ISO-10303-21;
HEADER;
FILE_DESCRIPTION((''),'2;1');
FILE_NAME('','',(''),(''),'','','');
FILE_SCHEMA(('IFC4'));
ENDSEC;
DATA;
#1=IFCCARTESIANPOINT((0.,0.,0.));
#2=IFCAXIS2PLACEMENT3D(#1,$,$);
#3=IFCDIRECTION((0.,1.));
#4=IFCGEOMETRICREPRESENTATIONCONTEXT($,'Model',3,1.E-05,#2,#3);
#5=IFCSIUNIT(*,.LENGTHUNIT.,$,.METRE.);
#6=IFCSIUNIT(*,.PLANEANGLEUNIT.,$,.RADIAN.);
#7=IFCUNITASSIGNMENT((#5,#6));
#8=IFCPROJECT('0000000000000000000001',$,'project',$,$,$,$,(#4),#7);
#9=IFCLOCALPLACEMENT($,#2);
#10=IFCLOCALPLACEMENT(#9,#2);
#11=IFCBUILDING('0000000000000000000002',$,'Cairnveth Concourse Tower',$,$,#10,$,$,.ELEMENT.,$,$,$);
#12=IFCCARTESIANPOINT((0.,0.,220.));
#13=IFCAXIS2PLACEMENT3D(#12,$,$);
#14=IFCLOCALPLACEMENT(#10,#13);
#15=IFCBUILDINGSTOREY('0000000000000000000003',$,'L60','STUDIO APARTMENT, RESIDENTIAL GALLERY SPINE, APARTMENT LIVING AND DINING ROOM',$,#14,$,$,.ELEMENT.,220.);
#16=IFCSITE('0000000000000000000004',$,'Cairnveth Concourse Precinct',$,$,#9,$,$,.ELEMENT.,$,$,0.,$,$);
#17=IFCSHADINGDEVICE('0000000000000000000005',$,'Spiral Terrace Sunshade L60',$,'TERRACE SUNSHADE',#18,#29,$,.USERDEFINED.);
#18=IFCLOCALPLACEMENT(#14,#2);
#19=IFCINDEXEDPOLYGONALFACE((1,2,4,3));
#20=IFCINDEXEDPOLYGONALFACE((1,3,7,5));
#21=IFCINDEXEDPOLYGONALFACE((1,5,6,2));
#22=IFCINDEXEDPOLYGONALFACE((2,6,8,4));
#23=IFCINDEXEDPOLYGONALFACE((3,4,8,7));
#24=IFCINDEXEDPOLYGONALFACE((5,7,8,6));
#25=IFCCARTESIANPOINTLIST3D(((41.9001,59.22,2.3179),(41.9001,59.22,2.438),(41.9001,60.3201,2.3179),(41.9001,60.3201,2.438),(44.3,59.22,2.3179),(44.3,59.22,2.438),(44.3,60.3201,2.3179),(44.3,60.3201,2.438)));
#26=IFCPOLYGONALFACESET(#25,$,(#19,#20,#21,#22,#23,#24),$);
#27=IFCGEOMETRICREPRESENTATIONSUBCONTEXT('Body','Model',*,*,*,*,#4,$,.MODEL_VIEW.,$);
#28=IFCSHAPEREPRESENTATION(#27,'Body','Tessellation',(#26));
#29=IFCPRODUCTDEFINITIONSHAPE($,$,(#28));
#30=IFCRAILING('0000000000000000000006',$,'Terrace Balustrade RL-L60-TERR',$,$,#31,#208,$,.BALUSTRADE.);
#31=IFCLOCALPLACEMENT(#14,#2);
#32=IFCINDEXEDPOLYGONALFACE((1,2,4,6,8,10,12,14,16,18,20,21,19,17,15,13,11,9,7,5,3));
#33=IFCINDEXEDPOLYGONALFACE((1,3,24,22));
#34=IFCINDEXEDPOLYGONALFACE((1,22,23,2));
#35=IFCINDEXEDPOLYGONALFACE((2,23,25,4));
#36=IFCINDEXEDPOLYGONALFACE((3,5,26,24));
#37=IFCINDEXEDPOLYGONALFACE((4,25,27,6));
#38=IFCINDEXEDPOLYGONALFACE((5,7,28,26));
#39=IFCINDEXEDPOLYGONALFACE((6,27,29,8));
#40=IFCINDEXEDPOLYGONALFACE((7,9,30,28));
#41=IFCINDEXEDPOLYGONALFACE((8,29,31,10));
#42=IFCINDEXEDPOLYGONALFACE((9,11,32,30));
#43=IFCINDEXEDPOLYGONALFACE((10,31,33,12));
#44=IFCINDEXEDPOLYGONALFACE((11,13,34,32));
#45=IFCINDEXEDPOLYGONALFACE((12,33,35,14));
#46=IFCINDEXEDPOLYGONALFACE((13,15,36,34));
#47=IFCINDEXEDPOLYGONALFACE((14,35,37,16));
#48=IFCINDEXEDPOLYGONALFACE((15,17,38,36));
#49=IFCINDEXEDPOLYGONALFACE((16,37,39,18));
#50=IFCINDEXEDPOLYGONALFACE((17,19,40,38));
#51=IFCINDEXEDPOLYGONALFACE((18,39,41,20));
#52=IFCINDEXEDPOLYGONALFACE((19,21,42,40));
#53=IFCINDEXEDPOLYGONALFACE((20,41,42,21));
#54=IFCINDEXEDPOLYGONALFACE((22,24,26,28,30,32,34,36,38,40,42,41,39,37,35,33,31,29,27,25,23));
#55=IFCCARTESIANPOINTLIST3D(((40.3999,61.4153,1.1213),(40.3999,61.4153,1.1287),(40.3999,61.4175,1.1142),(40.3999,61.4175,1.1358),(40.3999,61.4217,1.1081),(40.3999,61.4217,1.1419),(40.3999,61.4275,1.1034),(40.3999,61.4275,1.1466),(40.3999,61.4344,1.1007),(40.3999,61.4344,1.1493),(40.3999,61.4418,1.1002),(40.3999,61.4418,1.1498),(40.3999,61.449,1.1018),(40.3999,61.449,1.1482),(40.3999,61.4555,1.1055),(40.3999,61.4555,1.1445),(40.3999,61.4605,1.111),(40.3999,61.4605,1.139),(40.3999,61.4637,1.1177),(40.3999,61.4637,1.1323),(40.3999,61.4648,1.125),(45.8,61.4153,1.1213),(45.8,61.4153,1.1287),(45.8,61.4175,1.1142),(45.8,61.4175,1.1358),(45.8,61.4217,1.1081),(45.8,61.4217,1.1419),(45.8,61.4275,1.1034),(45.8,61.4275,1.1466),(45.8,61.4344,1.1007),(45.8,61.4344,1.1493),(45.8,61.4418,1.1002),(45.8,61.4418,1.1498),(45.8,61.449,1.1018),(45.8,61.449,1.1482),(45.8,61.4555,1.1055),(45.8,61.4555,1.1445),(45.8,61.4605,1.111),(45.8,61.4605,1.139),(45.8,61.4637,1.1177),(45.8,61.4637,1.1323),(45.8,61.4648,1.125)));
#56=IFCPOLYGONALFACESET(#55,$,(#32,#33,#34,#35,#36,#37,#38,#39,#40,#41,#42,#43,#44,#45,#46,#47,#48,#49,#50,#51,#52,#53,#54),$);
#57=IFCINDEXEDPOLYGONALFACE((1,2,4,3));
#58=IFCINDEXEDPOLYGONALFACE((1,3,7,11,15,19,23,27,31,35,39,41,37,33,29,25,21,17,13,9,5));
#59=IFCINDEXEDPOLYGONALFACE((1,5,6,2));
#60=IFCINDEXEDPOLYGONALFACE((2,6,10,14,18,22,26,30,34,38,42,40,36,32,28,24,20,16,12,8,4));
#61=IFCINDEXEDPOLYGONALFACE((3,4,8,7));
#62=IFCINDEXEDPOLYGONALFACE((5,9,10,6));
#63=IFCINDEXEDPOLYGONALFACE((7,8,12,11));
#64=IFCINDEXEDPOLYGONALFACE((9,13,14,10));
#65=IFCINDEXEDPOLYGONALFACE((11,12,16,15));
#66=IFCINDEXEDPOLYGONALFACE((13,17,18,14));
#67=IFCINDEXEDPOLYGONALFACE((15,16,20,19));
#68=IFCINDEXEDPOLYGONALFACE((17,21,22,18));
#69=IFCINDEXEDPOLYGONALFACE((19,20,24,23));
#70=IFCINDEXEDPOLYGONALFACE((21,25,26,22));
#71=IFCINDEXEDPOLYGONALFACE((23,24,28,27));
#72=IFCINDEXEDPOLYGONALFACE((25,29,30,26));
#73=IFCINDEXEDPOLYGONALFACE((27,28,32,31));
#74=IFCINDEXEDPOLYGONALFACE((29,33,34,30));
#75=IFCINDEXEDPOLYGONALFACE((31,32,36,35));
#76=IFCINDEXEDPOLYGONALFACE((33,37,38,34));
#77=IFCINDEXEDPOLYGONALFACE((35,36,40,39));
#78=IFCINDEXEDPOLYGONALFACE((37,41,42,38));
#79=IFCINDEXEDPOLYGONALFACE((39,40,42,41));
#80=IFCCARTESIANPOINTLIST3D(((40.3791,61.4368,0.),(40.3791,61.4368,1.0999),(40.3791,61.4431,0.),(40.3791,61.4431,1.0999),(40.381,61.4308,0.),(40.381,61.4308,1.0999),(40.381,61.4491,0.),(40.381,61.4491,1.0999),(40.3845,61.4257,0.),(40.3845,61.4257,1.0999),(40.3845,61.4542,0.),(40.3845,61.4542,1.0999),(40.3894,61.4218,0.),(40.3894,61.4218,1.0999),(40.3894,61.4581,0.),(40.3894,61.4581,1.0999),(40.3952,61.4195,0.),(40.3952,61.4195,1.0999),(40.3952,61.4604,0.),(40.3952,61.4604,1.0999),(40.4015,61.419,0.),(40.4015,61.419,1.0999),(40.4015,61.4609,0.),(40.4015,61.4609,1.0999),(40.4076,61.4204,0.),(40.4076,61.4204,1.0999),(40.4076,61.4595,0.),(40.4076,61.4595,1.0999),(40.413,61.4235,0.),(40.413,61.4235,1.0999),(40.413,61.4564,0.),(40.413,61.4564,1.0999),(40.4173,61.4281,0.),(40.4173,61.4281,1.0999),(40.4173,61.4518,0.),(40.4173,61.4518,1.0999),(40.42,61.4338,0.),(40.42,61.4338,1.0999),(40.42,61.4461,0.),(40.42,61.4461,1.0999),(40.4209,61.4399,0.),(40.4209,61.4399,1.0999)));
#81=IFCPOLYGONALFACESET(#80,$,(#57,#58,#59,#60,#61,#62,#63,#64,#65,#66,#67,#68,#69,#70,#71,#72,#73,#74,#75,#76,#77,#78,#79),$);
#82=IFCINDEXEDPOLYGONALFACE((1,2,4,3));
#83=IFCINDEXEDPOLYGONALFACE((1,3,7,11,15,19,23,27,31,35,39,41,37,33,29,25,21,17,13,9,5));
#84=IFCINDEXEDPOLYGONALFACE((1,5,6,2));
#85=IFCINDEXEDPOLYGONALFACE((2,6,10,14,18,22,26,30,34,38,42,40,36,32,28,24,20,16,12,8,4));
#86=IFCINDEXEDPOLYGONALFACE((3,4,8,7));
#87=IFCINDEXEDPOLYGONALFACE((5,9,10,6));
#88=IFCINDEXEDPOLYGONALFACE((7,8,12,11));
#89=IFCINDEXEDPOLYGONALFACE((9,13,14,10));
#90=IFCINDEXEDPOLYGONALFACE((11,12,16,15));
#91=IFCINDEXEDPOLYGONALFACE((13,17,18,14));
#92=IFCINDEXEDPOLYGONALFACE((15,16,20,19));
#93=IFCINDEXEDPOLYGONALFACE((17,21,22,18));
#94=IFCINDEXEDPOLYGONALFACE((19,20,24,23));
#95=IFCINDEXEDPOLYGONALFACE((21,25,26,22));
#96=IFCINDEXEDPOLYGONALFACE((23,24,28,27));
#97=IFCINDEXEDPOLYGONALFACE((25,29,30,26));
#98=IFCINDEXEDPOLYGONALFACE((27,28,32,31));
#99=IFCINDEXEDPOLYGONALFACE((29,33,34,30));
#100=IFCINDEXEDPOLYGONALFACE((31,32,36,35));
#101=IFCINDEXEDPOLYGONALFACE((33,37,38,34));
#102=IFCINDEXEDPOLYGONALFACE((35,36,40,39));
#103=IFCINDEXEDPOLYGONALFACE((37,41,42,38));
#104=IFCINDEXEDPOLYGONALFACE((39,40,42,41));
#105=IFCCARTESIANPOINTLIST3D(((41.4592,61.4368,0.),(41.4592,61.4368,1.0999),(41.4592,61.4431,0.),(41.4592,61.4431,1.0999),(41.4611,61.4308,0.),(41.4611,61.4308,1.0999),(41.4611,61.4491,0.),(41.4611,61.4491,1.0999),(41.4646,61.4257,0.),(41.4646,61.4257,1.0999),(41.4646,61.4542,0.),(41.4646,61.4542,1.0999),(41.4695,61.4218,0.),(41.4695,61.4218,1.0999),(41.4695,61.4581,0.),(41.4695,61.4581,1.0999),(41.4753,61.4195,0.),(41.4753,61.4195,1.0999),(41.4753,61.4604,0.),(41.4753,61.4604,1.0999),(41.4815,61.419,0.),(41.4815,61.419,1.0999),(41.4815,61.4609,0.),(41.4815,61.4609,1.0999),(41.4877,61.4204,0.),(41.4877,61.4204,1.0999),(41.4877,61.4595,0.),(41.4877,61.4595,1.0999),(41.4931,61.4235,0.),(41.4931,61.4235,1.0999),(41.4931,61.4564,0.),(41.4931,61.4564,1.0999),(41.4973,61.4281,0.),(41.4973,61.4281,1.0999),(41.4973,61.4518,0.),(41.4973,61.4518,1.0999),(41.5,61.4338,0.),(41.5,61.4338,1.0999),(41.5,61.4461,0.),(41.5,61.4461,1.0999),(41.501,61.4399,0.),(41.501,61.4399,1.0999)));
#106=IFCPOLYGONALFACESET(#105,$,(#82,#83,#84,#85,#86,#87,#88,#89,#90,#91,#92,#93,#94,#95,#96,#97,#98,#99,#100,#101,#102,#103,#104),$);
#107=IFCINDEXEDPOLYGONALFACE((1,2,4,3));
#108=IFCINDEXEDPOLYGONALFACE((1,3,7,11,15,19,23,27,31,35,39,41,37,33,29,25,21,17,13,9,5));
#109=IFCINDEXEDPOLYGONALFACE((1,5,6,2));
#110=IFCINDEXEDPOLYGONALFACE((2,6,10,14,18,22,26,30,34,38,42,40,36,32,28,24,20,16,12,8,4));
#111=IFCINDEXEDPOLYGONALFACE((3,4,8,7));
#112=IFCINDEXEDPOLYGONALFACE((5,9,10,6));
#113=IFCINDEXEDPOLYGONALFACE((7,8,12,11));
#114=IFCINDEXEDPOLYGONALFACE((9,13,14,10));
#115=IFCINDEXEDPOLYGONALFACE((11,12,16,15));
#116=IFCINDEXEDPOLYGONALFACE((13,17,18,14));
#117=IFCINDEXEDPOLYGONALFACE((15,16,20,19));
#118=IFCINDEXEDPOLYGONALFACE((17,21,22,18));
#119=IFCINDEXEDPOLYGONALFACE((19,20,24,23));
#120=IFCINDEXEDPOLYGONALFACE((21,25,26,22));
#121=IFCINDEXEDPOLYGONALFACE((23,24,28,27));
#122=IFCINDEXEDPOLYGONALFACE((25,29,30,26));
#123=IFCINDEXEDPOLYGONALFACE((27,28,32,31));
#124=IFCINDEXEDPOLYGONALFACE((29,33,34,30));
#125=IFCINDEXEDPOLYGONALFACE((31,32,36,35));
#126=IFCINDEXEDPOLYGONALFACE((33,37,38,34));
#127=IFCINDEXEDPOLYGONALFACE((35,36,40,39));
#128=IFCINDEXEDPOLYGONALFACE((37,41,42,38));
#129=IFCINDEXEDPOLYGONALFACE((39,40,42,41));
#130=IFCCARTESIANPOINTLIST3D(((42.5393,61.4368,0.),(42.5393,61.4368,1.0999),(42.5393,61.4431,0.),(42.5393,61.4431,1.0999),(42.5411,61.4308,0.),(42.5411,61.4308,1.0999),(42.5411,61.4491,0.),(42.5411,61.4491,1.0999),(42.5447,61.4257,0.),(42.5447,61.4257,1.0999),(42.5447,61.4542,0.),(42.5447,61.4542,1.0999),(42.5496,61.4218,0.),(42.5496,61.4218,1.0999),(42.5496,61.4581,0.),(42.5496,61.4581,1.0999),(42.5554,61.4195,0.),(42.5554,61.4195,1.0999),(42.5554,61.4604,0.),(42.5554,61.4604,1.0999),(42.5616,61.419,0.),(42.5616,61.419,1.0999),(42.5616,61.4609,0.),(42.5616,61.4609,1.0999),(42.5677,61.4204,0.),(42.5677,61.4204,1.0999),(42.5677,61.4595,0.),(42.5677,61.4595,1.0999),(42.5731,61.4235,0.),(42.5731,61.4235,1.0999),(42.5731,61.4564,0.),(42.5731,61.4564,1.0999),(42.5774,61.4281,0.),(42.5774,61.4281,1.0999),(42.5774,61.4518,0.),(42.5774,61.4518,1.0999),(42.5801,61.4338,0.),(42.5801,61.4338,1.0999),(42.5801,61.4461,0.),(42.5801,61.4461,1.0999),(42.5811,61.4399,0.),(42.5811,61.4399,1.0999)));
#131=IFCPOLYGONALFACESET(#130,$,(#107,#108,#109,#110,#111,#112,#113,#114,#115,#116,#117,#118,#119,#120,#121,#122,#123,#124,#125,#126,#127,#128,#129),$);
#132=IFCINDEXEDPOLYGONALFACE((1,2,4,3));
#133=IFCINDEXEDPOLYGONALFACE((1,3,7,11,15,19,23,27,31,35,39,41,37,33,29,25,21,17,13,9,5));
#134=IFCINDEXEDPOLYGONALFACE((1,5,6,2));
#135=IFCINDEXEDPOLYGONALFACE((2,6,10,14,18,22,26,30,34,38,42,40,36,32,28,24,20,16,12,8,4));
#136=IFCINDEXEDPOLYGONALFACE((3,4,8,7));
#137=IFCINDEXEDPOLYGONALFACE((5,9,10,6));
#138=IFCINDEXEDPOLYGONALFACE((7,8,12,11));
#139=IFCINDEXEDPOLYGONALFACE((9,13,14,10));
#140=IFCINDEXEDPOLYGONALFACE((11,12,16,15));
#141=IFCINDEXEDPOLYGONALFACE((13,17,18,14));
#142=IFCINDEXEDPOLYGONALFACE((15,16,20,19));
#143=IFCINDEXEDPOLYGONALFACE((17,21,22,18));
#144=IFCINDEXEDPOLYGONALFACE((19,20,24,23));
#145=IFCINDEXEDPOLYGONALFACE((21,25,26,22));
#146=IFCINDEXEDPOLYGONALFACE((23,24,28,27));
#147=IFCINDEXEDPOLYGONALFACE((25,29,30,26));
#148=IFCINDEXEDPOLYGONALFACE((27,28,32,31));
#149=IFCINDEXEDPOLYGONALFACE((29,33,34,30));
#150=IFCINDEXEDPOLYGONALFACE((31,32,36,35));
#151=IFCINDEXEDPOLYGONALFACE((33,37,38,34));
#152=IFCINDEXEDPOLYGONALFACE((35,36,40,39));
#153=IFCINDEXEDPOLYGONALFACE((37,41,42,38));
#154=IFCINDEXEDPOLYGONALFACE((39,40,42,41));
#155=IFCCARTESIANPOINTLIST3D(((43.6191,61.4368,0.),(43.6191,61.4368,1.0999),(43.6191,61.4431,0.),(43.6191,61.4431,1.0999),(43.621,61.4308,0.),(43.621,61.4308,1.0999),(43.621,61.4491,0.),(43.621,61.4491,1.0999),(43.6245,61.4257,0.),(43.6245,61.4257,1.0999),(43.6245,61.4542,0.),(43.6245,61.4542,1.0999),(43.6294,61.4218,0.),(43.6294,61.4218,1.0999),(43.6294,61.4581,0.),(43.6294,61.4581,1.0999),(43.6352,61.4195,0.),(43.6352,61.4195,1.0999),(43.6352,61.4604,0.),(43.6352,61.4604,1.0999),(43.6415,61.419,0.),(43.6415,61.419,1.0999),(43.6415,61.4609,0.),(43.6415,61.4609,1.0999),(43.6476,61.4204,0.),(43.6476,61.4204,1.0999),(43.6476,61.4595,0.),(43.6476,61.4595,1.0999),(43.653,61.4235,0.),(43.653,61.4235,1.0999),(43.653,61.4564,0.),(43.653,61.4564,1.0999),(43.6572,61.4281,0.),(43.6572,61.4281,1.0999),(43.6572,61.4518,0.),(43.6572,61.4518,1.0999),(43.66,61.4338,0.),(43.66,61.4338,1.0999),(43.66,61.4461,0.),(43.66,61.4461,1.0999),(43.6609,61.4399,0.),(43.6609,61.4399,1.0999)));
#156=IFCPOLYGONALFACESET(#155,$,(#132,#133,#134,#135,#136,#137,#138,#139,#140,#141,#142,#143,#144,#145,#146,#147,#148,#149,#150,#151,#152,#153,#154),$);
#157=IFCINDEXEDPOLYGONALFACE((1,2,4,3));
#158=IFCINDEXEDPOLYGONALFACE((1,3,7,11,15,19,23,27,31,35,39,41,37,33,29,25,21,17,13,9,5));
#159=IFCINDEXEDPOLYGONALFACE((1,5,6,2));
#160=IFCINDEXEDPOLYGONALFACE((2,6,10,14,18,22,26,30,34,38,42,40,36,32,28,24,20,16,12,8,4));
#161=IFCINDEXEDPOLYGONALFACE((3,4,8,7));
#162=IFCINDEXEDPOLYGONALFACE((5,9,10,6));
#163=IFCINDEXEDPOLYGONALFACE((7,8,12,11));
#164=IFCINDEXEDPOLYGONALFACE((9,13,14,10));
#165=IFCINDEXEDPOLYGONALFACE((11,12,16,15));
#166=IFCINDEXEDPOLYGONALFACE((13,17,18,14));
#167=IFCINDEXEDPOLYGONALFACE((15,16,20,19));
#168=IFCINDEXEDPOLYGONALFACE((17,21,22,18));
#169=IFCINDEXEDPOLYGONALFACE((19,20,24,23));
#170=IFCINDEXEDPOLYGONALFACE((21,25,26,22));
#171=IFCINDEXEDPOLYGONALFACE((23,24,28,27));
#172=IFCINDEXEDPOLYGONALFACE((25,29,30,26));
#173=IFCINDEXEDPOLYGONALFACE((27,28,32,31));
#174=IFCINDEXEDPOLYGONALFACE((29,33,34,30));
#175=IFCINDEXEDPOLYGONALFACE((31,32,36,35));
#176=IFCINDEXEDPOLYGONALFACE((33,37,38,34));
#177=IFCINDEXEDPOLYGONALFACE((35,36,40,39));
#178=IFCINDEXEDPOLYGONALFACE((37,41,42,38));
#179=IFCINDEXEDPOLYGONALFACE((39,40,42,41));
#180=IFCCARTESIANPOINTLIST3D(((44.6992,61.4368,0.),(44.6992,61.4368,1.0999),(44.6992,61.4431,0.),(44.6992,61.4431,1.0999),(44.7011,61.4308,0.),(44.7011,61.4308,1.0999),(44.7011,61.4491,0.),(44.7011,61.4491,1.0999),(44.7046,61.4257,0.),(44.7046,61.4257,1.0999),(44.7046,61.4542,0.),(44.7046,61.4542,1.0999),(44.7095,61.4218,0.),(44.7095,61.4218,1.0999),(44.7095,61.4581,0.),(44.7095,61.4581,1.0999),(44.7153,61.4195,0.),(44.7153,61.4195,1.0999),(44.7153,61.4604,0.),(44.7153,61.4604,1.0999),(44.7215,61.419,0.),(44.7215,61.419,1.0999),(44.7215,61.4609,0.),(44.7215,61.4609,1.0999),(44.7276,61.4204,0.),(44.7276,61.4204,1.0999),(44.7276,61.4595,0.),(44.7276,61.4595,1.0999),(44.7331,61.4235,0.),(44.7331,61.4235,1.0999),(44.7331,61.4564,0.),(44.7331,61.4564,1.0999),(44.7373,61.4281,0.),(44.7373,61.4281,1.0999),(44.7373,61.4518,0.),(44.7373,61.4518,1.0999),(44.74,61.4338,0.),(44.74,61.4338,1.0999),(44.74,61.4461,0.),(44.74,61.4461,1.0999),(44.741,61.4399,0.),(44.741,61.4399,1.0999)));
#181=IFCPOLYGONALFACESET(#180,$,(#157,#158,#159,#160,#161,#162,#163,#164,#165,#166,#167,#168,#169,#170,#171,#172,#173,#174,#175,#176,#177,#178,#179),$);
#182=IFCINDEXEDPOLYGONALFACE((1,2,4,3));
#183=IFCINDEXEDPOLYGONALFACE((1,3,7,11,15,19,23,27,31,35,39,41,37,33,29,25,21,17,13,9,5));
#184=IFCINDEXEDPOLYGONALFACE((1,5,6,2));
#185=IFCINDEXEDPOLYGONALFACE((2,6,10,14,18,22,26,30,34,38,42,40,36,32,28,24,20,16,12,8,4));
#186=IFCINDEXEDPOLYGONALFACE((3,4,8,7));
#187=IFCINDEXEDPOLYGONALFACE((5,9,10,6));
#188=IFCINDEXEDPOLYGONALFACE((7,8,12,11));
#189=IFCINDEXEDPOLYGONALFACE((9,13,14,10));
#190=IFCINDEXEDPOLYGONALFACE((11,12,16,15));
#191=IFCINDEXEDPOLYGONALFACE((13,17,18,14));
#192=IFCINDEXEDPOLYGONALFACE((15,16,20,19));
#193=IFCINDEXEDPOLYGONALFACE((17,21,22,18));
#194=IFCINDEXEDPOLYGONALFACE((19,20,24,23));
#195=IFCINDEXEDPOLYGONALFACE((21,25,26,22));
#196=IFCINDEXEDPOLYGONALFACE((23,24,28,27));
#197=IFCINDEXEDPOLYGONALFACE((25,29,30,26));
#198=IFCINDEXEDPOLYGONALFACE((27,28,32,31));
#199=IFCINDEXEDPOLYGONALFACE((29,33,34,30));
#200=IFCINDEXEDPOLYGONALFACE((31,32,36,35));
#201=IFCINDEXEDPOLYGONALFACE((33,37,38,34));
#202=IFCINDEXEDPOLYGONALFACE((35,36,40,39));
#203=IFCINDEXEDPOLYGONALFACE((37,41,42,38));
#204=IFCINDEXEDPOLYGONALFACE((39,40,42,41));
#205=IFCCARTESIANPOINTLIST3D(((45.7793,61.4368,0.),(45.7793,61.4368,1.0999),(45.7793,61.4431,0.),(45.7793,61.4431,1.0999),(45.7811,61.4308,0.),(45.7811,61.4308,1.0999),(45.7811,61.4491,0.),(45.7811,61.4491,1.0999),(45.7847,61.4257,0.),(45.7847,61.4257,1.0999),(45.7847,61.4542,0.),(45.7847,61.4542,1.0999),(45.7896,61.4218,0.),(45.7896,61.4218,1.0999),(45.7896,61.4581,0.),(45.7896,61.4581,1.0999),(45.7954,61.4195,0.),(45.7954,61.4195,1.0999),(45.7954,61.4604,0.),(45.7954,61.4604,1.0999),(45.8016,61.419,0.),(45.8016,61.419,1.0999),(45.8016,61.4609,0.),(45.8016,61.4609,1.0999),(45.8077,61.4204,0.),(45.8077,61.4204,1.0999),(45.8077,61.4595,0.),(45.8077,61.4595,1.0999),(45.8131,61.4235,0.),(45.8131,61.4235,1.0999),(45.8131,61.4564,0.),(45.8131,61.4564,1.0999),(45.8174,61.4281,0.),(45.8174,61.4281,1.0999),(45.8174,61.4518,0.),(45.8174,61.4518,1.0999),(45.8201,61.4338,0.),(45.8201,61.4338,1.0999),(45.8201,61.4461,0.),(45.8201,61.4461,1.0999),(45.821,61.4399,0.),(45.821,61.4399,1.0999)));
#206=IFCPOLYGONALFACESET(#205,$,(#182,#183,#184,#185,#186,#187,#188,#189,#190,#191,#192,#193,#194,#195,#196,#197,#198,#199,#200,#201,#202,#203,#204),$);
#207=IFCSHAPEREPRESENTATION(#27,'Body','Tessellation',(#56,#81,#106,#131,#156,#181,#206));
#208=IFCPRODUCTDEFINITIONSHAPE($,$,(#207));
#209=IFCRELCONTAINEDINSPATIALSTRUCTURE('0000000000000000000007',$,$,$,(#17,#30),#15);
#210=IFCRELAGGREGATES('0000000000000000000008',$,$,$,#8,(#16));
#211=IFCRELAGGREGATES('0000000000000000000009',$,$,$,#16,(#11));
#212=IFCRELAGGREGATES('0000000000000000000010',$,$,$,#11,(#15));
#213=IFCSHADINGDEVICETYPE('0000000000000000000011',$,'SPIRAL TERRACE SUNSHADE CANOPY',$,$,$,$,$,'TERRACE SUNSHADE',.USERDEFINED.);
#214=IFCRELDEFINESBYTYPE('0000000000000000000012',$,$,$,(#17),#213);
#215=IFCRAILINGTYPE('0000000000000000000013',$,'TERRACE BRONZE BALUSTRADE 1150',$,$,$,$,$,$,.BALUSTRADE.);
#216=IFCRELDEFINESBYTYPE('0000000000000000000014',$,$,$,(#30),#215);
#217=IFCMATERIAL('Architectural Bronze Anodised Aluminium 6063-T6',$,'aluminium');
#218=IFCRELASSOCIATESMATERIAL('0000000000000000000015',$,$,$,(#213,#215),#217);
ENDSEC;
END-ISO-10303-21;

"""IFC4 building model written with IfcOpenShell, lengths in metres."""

from ifc_helpers import new_model, si_unit, direction, frame, origin, origin_2d, place, context, subcontext, project, spatial, rectangle, circle, extrude, material, type_object, element, save


model = new_model("IFC4")

# Units and contexts
model_context = context("Model", 3, precision=1e-05, world=origin(), true_north=direction((0.0, 1.0)))
body_context = subcontext(model_context, "Body", "Model", "MODEL_VIEW")
ifc_project = project(units=[si_unit("LENGTHUNIT", "METRE"), si_unit("PLANEANGLEUNIT", "RADIAN")], contexts=[model_context])

# Site, building, storey
site_placement = place(None, origin())
site = spatial("IfcSite", under=ifc_project, at=site_placement, Name="Cairnveth Concourse Precinct", CompositionType="ELEMENT", RefElevation=0.0)
building_placement = place(site_placement, origin())
building = spatial("IfcBuilding", under=site, at=building_placement, Name="Cairnveth Concourse Tower", CompositionType="ELEMENT")
storey_placement = place(building_placement, frame((0.0, 0.0, 220.0)))
storey = spatial("IfcBuildingStorey", under=building, at=storey_placement, Name="L60", Description="STUDIO APARTMENT, RESIDENTIAL GALLERY SPINE, APARTMENT LIVING AND DINING ROOM", CompositionType="ELEMENT", Elevation=220.0)

# Shared definitions
ifc_material_1 = material(Name="Architectural Bronze Anodised Aluminium 6063-T6", Category="aluminium")

# Shading device
shading_device_type = type_object("IfcShadingDeviceType", Name="SPIRAL TERRACE SUNSHADE CANOPY", ElementType="TERRACE SUNSHADE", PredefinedType="USERDEFINED", material=ifc_material_1)
shading_device_placement = place(storey_placement, frame((43.1001, 59.77, 2.3179), z_axis=(0.0, 0.0, 1.0), x_axis=(1.0, 0.0, 0.0)))
element("IfcShadingDevice", 1, at=shading_device_placement, inside=storey, type_object=shading_device_type, Name="Spiral Terrace Sunshade L60", ObjectType="TERRACE SUNSHADE", PredefinedType="USERDEFINED", context=body_context, shape_type="SweptSolid", body=[
    extrude(rectangle(XDim=2.3999, YDim=1.1001, at=origin_2d()), origin(), (0.0, 0.0, 1.0), 0.1201),
])

# Railing
railing_type = type_object("IfcRailingType", Name="TERRACE BRONZE BALUSTRADE 1150", PredefinedType="BALUSTRADE", material=ifc_material_1)
railing_placement = place(storey_placement, frame((40.3999, 61.4399, 0.0)))
element("IfcRailing", 2, at=railing_placement, inside=storey, type_object=railing_type, Name="Terrace Balustrade RL-L60-TERR", PredefinedType="BALUSTRADE", context=body_context, shape_type="SweptSolid", body=[
    extrude(circle(Radius=0.0249, at=origin_2d()), frame((0.0, 0.0, 1.125), z_axis=(1.0, 0.0, 0.0), x_axis=(0.0, 1.0, 0.0)), (0.0, 0.0, 1.0), 5.4001),
    extrude(circle(Radius=0.021, at=origin_2d()), origin(), (0.0, 0.0, 1.0), 1.0999),
    extrude(circle(Radius=0.021, at=origin_2d()), frame((1.0801, 0.0, 0.0)), (0.0, 0.0, 1.0), 1.0999),
    extrude(circle(Radius=0.021, at=origin_2d()), frame((2.1602, 0.0, 0.0)), (0.0, 0.0, 1.0), 1.0999),
    extrude(circle(Radius=0.021, at=origin_2d()), frame((3.24, 0.0, 0.0)), (0.0, 0.0, 1.0), 1.0999),
    extrude(circle(Radius=0.021, at=origin_2d()), frame((4.3201, 0.0, 0.0)), (0.0, 0.0, 1.0), 1.0999),
    extrude(circle(Radius=0.021, at=origin_2d()), frame((5.4001, 0.0, 0.0)), (0.0, 0.0, 1.0), 1.0999),
])

save(model, "model.ifc")
